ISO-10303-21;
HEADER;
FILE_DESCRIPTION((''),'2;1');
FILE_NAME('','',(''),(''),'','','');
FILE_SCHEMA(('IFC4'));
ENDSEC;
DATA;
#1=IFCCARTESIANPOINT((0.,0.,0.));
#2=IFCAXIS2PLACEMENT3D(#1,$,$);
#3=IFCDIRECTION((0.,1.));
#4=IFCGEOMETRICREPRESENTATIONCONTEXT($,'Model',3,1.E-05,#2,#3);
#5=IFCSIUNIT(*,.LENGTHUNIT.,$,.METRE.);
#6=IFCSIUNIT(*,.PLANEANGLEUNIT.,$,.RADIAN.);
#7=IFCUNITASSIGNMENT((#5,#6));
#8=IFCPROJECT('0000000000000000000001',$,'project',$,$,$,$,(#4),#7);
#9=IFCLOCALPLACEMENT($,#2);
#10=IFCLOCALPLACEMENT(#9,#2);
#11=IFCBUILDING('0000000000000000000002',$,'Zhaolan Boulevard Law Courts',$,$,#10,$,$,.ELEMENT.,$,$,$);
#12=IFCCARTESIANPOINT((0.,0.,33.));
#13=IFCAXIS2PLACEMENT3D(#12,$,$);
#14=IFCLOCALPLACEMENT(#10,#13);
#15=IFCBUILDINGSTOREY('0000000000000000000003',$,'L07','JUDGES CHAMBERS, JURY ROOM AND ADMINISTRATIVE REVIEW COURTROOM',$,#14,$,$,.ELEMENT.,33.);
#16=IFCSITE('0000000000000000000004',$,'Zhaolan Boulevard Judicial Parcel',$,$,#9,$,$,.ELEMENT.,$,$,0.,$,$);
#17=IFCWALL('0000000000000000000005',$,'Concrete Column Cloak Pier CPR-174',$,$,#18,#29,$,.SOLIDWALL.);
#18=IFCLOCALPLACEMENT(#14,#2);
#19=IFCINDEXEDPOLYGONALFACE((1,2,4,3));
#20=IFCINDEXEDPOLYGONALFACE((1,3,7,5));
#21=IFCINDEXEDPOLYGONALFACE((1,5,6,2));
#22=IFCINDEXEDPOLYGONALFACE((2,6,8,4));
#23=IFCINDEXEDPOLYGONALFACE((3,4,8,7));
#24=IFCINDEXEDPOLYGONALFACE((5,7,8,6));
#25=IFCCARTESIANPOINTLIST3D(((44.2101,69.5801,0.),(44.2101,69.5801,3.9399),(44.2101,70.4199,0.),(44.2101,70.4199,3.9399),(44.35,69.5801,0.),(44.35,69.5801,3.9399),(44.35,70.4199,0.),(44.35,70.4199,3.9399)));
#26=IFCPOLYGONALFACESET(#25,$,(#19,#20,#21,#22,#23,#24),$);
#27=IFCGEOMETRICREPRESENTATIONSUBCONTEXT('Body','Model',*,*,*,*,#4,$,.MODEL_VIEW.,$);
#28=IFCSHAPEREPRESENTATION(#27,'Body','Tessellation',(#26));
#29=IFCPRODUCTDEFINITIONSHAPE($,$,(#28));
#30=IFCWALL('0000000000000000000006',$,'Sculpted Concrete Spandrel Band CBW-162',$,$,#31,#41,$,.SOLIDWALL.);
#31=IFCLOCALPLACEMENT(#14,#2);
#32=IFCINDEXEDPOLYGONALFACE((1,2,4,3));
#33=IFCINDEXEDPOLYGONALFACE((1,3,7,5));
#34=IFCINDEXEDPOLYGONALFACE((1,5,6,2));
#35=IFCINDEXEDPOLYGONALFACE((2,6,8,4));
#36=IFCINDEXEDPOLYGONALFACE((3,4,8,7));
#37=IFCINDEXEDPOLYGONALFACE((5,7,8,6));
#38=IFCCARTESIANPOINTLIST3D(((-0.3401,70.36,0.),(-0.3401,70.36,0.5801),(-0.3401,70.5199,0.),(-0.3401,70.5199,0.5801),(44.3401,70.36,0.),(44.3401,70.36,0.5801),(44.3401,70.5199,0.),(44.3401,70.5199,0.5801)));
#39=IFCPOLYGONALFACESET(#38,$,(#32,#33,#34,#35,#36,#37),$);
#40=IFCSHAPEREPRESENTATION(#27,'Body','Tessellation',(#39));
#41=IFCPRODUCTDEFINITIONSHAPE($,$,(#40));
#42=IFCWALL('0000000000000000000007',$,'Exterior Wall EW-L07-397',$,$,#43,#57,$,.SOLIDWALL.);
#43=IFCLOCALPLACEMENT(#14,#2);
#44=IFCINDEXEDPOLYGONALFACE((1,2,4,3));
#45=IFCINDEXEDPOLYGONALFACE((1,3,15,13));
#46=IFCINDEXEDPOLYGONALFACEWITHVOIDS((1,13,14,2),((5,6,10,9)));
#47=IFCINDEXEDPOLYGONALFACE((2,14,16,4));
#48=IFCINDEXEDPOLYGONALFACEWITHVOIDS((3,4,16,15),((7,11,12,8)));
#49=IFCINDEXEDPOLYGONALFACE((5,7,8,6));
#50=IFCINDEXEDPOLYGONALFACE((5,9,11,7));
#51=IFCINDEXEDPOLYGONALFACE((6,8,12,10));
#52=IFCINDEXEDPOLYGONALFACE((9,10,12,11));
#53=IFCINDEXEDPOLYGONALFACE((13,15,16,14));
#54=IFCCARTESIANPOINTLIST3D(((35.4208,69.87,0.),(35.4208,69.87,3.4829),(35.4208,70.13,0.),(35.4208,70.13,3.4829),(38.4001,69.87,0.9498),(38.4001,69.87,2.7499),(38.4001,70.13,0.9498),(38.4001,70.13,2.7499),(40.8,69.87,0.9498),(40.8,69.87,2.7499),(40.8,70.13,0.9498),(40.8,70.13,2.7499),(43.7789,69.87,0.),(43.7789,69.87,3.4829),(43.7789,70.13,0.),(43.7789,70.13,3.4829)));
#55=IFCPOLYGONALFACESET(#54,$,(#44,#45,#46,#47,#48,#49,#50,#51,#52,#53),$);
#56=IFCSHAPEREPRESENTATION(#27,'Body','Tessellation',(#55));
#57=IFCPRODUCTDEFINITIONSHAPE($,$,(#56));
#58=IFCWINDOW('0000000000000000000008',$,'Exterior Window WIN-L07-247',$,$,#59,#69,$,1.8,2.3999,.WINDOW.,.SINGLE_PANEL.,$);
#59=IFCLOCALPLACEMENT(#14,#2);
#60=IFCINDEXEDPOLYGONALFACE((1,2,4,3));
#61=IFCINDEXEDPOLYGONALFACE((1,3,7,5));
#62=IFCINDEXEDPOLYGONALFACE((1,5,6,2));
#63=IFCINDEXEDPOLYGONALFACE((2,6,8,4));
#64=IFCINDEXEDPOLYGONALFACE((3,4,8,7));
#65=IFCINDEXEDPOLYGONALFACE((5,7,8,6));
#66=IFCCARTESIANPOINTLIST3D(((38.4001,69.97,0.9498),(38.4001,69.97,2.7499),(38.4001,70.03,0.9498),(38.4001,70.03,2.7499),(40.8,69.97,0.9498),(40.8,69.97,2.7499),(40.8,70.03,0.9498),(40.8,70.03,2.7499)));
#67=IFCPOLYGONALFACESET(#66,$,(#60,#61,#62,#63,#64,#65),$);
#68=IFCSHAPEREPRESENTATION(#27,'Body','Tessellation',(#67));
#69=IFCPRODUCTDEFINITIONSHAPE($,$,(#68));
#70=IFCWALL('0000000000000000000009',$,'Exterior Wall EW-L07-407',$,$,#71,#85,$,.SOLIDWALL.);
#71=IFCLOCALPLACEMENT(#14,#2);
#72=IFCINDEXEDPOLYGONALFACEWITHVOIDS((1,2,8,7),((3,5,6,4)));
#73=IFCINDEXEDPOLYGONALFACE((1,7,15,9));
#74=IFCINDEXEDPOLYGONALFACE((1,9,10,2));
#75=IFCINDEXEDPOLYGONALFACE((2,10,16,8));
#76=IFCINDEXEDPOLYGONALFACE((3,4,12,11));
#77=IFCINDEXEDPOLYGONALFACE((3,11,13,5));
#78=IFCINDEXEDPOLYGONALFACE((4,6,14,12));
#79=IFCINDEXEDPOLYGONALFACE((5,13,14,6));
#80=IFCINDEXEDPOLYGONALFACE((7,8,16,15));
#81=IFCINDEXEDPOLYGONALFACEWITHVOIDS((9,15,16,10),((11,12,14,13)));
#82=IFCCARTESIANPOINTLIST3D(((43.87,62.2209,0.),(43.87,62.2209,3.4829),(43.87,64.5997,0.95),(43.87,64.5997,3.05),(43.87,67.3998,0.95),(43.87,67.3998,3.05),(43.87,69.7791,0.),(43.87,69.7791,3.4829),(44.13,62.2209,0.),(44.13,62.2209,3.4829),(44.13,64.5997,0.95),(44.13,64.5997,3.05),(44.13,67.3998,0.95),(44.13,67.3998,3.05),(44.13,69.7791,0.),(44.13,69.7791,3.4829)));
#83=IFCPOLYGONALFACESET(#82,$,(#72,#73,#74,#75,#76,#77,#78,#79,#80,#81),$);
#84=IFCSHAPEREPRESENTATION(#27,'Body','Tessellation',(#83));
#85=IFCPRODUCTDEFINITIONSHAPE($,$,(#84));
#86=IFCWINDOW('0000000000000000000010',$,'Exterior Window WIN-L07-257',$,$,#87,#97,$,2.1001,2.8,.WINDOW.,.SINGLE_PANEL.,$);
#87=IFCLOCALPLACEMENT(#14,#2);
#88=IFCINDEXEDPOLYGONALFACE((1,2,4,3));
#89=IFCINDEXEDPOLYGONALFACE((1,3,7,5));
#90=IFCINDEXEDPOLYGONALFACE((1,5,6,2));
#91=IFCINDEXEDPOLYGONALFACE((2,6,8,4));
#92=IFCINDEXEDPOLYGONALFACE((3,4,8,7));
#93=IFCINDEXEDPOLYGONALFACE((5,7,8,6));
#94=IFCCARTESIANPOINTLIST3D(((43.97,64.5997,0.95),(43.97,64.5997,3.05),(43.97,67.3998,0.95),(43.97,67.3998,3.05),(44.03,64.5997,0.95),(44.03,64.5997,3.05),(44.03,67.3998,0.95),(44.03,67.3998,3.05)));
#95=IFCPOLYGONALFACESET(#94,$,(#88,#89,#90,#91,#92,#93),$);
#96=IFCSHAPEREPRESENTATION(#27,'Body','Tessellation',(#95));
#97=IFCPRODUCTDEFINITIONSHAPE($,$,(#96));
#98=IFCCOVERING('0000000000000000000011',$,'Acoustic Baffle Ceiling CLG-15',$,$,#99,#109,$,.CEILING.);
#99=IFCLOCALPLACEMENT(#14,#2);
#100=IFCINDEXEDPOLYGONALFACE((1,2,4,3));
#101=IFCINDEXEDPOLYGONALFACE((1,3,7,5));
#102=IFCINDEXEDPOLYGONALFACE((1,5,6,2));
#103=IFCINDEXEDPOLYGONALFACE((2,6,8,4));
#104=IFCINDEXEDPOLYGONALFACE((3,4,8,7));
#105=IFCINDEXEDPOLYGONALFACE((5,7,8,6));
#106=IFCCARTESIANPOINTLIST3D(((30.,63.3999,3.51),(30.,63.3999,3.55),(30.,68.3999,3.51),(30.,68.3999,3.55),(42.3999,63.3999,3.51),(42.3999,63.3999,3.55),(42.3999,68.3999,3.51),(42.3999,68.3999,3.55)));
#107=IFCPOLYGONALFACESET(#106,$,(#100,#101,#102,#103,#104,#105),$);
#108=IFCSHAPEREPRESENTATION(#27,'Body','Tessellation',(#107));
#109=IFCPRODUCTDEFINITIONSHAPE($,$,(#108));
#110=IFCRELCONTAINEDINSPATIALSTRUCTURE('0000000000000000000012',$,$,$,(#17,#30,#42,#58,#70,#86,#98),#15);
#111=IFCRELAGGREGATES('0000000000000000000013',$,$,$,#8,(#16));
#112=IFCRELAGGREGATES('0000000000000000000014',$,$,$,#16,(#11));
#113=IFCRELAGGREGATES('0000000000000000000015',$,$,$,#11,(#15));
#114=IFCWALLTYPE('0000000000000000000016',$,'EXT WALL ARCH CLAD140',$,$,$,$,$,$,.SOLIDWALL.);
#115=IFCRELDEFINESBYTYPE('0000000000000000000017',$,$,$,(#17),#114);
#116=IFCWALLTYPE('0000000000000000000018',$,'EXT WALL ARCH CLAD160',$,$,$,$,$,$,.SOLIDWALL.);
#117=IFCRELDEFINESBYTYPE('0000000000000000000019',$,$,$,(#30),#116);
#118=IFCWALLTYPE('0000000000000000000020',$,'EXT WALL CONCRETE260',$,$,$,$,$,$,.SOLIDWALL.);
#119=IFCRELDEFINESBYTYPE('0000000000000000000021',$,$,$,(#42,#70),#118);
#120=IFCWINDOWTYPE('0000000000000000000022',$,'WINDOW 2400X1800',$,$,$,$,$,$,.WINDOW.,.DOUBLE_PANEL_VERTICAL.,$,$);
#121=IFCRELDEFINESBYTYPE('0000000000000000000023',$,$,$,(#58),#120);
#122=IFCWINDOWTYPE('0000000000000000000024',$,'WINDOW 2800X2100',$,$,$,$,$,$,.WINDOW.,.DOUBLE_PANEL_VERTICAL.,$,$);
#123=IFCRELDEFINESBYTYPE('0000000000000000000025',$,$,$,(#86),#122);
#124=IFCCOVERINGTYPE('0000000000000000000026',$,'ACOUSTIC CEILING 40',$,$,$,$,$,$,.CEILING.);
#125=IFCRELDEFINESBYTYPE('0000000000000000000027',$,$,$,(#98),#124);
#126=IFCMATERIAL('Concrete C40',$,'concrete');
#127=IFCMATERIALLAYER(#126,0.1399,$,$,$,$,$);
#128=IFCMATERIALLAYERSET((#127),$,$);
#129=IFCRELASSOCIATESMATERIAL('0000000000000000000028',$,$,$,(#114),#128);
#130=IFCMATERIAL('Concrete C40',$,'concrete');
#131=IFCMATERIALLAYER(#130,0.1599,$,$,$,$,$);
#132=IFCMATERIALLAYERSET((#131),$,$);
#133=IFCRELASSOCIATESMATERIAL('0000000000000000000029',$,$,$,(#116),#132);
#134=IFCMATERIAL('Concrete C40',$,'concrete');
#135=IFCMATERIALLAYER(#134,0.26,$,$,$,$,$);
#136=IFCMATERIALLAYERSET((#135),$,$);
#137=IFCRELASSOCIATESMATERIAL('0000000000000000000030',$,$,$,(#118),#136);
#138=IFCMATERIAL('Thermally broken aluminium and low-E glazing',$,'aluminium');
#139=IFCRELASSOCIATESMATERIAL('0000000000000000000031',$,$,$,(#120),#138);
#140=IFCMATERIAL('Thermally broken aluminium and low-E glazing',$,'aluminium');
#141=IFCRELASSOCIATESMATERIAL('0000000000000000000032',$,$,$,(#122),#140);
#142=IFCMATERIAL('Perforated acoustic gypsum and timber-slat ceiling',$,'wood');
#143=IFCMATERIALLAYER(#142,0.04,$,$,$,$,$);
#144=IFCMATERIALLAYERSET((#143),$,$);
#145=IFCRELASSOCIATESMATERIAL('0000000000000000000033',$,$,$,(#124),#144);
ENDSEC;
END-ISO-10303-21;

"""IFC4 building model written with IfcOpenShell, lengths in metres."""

from ifc_helpers import new_model, si_unit, direction, frame, frame_2d, origin, origin_2d, place, context, subcontext, project, spatial, rectangle, extrude, material, layer, layer_set, type_object, element, fill, save


model = new_model("IFC4")

# Units and contexts
model_context = context("Model", 3, precision=1e-05, world=origin(), true_north=direction((0.0, 1.0)))
body_context = subcontext(model_context, "Body", "Model", "MODEL_VIEW")
ifc_project = project(units=[si_unit("LENGTHUNIT", "METRE"), si_unit("PLANEANGLEUNIT", "RADIAN")], contexts=[model_context])

# Site, building, storey
site_placement = place(None, origin())
site = spatial("IfcSite", under=ifc_project, at=site_placement, Name="Zhaolan Boulevard Judicial Parcel", CompositionType="ELEMENT", RefElevation=0.0)
building_placement = place(site_placement, origin())
building = spatial("IfcBuilding", under=site, at=building_placement, Name="Zhaolan Boulevard Law Courts", CompositionType="ELEMENT")
storey_placement = place(building_placement, frame((0.0, 0.0, 33.0)))
storey = spatial("IfcBuildingStorey", under=building, at=storey_placement, Name="L07", Description="JUDGES CHAMBERS, JURY ROOM AND ADMINISTRATIVE REVIEW COURTROOM", CompositionType="ELEMENT", Elevation=33.0)

# Walls
ifc_material_1 = material(Name="Concrete C40", Category="concrete")
ifc_layer_1 = layer(ifc_material_1, 0.1399)
ifc_layer_set_1 = layer_set([ifc_layer_1])
wall_type_1 = type_object("IfcWallType", Name="EXT WALL ARCH CLAD140", PredefinedType="SOLIDWALL", material=ifc_layer_set_1)
wall_1_placement = place(storey_placement, frame((44.28, 69.5801, 0.0), z_axis=(0.0, 0.0, 1.0), x_axis=(0.0, 1.0, 0.0)))
element("IfcWall", 1, at=wall_1_placement, inside=storey, type_object=wall_type_1, Name="Concrete Column Cloak Pier CPR-174", PredefinedType="SOLIDWALL", context=body_context, shape_type="SweptSolid", body=[
    extrude(rectangle(XDim=0.8398, YDim=0.1399, at=frame_2d((0.4199, 0.0))), origin(), (0.0, 0.0, 1.0), 3.9399),
])
ifc_material_2 = material(Name="Concrete C40", Category="concrete")
ifc_layer_2 = layer(ifc_material_2, 0.1599)
ifc_layer_set_2 = layer_set([ifc_layer_2])
wall_type_2 = type_object("IfcWallType", Name="EXT WALL ARCH CLAD160", PredefinedType="SOLIDWALL", material=ifc_layer_set_2)
wall_2_placement = place(storey_placement, frame((44.3401, 70.4399, 0.0), z_axis=(0.0, 0.0, 1.0), x_axis=(-1.0, 0.0, 0.0)))
element("IfcWall", 2, at=wall_2_placement, inside=storey, type_object=wall_type_2, Name="Sculpted Concrete Spandrel Band CBW-162", PredefinedType="SOLIDWALL", context=body_context, shape_type="SweptSolid", body=[
    extrude(rectangle(XDim=44.6802, YDim=0.1599, at=frame_2d((22.3401, 0.0))), origin(), (0.0, 0.0, 1.0), 0.5801),
])

# Walls, openings, windows
ifc_material_3 = material(Name="Concrete C40", Category="concrete")
ifc_layer_3 = layer(ifc_material_3, 0.26)
ifc_layer_set_3 = layer_set([ifc_layer_3])
wall_type_3 = type_object("IfcWallType", Name="EXT WALL CONCRETE260", PredefinedType="SOLIDWALL", material=ifc_layer_set_3)
wall_3_placement = place(storey_placement, frame((43.7791, 70.0, 0.0), z_axis=(0.0, 0.0, 1.0), x_axis=(-1.0, 0.0, 0.0)))
wall_3 = element("IfcWall", 3, at=wall_3_placement, inside=storey, type_object=wall_type_3, Name="Exterior Wall EW-L07-397", PredefinedType="SOLIDWALL", context=body_context, shape_type="SweptSolid", body=[
    extrude(rectangle(XDim=8.3582, YDim=0.26, at=frame_2d((4.1792, 0.0))), origin(), (0.0, 0.0, 1.0), 3.4829),
])
opening_1_placement = place(wall_3_placement, frame((2.979, 0.0, 0.95)))
opening_1 = element("IfcOpeningElement", 4, at=opening_1_placement, cuts=wall_3, PredefinedType="OPENING", context=body_context, shape_type="SweptSolid", body=[
    extrude(rectangle(XDim=2.3999, YDim=1.8, at=frame_2d((1.2, 0.8999))), frame((0.0, 0.1399, 0.0), z_axis=(0.0, -1.0, 0.0), x_axis=(1.0, 0.0, 0.0)), (0.0, 0.0, 1.0), 0.28),
])
ifc_material_4 = material(Name="Thermally broken aluminium and low-E glazing", Category="aluminium")
window_type_1 = type_object("IfcWindowType", Name="WINDOW 2400X1800", PartitioningType="DOUBLE_PANEL_VERTICAL", PredefinedType="WINDOW", material=ifc_material_4)
window_1_placement = place(opening_1_placement, origin())
window_1 = element("IfcWindow", 5, at=window_1_placement, inside=storey, type_object=window_type_1, Name="Exterior Window WIN-L07-247", OverallHeight=1.8, OverallWidth=2.3999, PartitioningType="SINGLE_PANEL", PredefinedType="WINDOW", context=body_context, shape_type="SweptSolid", body=[
    extrude(rectangle(XDim=2.3999, YDim=1.8, at=frame_2d((1.2, 0.8999))), frame((0.0, 0.03, 0.0), z_axis=(0.0, -1.0, 0.0), x_axis=(1.0, 0.0, 0.0)), (0.0, 0.0, 1.0), 0.0601),
])
fill(opening_1, window_1)
wall_4_placement = place(storey_placement, frame((44.0, 62.2209, 0.0), z_axis=(0.0, 0.0, 1.0), x_axis=(0.0, 1.0, 0.0)))
wall_4 = element("IfcWall", 6, at=wall_4_placement, inside=storey, type_object=wall_type_3, Name="Exterior Wall EW-L07-407", PredefinedType="SOLIDWALL", context=body_context, shape_type="SweptSolid", body=[
    extrude(rectangle(XDim=7.5581, YDim=0.26, at=frame_2d((3.7791, 0.0))), origin(), (0.0, 0.0, 1.0), 3.4829),
])
opening_2_placement = place(wall_4_placement, frame((2.3789, 0.0, 0.95)))
opening_2 = element("IfcOpeningElement", 7, at=opening_2_placement, cuts=wall_4, PredefinedType="OPENING", context=body_context, shape_type="SweptSolid", body=[
    extrude(rectangle(XDim=2.8, YDim=2.1001, at=frame_2d((1.3999, 1.05))), frame((0.0, 0.1399, 0.0), z_axis=(0.0, -1.0, 0.0), x_axis=(1.0, 0.0, 0.0)), (0.0, 0.0, 1.0), 0.28),
])
ifc_material_5 = material(Name="Thermally broken aluminium and low-E glazing", Category="aluminium")
window_type_2 = type_object("IfcWindowType", Name="WINDOW 2800X2100", PartitioningType="DOUBLE_PANEL_VERTICAL", PredefinedType="WINDOW", material=ifc_material_5)
window_2_placement = place(opening_2_placement, origin())
window_2 = element("IfcWindow", 8, at=window_2_placement, inside=storey, type_object=window_type_2, Name="Exterior Window WIN-L07-257", OverallHeight=2.1001, OverallWidth=2.8, PartitioningType="SINGLE_PANEL", PredefinedType="WINDOW", context=body_context, shape_type="SweptSolid", body=[
    extrude(rectangle(XDim=2.8, YDim=2.1001, at=frame_2d((1.3999, 1.05))), frame((0.0, 0.03, 0.0), z_axis=(0.0, -1.0, 0.0), x_axis=(1.0, 0.0, 0.0)), (0.0, 0.0, 1.0), 0.0601),
])
fill(opening_2, window_2)

# Covering
ifc_material_6 = material(Name="Perforated acoustic gypsum and timber-slat ceiling", Category="wood")
ifc_layer_4 = layer(ifc_material_6, 0.04)
ifc_layer_set_4 = layer_set([ifc_layer_4])
covering_type = type_object("IfcCoveringType", Name="ACOUSTIC CEILING 40", PredefinedType="CEILING", material=ifc_layer_set_4)
covering_placement = place(storey_placement, frame((36.2, 65.8999, 3.51), z_axis=(0.0, 0.0, 1.0), x_axis=(1.0, 0.0, 0.0)))
element("IfcCovering", 9, at=covering_placement, inside=storey, type_object=covering_type, Name="Acoustic Baffle Ceiling CLG-15", PredefinedType="CEILING", context=body_context, shape_type="SweptSolid", body=[
    extrude(rectangle(XDim=12.3999, YDim=5.0, at=origin_2d()), origin(), (0.0, 0.0, 1.0), 0.04),
])

save(model, "model.ifc")
